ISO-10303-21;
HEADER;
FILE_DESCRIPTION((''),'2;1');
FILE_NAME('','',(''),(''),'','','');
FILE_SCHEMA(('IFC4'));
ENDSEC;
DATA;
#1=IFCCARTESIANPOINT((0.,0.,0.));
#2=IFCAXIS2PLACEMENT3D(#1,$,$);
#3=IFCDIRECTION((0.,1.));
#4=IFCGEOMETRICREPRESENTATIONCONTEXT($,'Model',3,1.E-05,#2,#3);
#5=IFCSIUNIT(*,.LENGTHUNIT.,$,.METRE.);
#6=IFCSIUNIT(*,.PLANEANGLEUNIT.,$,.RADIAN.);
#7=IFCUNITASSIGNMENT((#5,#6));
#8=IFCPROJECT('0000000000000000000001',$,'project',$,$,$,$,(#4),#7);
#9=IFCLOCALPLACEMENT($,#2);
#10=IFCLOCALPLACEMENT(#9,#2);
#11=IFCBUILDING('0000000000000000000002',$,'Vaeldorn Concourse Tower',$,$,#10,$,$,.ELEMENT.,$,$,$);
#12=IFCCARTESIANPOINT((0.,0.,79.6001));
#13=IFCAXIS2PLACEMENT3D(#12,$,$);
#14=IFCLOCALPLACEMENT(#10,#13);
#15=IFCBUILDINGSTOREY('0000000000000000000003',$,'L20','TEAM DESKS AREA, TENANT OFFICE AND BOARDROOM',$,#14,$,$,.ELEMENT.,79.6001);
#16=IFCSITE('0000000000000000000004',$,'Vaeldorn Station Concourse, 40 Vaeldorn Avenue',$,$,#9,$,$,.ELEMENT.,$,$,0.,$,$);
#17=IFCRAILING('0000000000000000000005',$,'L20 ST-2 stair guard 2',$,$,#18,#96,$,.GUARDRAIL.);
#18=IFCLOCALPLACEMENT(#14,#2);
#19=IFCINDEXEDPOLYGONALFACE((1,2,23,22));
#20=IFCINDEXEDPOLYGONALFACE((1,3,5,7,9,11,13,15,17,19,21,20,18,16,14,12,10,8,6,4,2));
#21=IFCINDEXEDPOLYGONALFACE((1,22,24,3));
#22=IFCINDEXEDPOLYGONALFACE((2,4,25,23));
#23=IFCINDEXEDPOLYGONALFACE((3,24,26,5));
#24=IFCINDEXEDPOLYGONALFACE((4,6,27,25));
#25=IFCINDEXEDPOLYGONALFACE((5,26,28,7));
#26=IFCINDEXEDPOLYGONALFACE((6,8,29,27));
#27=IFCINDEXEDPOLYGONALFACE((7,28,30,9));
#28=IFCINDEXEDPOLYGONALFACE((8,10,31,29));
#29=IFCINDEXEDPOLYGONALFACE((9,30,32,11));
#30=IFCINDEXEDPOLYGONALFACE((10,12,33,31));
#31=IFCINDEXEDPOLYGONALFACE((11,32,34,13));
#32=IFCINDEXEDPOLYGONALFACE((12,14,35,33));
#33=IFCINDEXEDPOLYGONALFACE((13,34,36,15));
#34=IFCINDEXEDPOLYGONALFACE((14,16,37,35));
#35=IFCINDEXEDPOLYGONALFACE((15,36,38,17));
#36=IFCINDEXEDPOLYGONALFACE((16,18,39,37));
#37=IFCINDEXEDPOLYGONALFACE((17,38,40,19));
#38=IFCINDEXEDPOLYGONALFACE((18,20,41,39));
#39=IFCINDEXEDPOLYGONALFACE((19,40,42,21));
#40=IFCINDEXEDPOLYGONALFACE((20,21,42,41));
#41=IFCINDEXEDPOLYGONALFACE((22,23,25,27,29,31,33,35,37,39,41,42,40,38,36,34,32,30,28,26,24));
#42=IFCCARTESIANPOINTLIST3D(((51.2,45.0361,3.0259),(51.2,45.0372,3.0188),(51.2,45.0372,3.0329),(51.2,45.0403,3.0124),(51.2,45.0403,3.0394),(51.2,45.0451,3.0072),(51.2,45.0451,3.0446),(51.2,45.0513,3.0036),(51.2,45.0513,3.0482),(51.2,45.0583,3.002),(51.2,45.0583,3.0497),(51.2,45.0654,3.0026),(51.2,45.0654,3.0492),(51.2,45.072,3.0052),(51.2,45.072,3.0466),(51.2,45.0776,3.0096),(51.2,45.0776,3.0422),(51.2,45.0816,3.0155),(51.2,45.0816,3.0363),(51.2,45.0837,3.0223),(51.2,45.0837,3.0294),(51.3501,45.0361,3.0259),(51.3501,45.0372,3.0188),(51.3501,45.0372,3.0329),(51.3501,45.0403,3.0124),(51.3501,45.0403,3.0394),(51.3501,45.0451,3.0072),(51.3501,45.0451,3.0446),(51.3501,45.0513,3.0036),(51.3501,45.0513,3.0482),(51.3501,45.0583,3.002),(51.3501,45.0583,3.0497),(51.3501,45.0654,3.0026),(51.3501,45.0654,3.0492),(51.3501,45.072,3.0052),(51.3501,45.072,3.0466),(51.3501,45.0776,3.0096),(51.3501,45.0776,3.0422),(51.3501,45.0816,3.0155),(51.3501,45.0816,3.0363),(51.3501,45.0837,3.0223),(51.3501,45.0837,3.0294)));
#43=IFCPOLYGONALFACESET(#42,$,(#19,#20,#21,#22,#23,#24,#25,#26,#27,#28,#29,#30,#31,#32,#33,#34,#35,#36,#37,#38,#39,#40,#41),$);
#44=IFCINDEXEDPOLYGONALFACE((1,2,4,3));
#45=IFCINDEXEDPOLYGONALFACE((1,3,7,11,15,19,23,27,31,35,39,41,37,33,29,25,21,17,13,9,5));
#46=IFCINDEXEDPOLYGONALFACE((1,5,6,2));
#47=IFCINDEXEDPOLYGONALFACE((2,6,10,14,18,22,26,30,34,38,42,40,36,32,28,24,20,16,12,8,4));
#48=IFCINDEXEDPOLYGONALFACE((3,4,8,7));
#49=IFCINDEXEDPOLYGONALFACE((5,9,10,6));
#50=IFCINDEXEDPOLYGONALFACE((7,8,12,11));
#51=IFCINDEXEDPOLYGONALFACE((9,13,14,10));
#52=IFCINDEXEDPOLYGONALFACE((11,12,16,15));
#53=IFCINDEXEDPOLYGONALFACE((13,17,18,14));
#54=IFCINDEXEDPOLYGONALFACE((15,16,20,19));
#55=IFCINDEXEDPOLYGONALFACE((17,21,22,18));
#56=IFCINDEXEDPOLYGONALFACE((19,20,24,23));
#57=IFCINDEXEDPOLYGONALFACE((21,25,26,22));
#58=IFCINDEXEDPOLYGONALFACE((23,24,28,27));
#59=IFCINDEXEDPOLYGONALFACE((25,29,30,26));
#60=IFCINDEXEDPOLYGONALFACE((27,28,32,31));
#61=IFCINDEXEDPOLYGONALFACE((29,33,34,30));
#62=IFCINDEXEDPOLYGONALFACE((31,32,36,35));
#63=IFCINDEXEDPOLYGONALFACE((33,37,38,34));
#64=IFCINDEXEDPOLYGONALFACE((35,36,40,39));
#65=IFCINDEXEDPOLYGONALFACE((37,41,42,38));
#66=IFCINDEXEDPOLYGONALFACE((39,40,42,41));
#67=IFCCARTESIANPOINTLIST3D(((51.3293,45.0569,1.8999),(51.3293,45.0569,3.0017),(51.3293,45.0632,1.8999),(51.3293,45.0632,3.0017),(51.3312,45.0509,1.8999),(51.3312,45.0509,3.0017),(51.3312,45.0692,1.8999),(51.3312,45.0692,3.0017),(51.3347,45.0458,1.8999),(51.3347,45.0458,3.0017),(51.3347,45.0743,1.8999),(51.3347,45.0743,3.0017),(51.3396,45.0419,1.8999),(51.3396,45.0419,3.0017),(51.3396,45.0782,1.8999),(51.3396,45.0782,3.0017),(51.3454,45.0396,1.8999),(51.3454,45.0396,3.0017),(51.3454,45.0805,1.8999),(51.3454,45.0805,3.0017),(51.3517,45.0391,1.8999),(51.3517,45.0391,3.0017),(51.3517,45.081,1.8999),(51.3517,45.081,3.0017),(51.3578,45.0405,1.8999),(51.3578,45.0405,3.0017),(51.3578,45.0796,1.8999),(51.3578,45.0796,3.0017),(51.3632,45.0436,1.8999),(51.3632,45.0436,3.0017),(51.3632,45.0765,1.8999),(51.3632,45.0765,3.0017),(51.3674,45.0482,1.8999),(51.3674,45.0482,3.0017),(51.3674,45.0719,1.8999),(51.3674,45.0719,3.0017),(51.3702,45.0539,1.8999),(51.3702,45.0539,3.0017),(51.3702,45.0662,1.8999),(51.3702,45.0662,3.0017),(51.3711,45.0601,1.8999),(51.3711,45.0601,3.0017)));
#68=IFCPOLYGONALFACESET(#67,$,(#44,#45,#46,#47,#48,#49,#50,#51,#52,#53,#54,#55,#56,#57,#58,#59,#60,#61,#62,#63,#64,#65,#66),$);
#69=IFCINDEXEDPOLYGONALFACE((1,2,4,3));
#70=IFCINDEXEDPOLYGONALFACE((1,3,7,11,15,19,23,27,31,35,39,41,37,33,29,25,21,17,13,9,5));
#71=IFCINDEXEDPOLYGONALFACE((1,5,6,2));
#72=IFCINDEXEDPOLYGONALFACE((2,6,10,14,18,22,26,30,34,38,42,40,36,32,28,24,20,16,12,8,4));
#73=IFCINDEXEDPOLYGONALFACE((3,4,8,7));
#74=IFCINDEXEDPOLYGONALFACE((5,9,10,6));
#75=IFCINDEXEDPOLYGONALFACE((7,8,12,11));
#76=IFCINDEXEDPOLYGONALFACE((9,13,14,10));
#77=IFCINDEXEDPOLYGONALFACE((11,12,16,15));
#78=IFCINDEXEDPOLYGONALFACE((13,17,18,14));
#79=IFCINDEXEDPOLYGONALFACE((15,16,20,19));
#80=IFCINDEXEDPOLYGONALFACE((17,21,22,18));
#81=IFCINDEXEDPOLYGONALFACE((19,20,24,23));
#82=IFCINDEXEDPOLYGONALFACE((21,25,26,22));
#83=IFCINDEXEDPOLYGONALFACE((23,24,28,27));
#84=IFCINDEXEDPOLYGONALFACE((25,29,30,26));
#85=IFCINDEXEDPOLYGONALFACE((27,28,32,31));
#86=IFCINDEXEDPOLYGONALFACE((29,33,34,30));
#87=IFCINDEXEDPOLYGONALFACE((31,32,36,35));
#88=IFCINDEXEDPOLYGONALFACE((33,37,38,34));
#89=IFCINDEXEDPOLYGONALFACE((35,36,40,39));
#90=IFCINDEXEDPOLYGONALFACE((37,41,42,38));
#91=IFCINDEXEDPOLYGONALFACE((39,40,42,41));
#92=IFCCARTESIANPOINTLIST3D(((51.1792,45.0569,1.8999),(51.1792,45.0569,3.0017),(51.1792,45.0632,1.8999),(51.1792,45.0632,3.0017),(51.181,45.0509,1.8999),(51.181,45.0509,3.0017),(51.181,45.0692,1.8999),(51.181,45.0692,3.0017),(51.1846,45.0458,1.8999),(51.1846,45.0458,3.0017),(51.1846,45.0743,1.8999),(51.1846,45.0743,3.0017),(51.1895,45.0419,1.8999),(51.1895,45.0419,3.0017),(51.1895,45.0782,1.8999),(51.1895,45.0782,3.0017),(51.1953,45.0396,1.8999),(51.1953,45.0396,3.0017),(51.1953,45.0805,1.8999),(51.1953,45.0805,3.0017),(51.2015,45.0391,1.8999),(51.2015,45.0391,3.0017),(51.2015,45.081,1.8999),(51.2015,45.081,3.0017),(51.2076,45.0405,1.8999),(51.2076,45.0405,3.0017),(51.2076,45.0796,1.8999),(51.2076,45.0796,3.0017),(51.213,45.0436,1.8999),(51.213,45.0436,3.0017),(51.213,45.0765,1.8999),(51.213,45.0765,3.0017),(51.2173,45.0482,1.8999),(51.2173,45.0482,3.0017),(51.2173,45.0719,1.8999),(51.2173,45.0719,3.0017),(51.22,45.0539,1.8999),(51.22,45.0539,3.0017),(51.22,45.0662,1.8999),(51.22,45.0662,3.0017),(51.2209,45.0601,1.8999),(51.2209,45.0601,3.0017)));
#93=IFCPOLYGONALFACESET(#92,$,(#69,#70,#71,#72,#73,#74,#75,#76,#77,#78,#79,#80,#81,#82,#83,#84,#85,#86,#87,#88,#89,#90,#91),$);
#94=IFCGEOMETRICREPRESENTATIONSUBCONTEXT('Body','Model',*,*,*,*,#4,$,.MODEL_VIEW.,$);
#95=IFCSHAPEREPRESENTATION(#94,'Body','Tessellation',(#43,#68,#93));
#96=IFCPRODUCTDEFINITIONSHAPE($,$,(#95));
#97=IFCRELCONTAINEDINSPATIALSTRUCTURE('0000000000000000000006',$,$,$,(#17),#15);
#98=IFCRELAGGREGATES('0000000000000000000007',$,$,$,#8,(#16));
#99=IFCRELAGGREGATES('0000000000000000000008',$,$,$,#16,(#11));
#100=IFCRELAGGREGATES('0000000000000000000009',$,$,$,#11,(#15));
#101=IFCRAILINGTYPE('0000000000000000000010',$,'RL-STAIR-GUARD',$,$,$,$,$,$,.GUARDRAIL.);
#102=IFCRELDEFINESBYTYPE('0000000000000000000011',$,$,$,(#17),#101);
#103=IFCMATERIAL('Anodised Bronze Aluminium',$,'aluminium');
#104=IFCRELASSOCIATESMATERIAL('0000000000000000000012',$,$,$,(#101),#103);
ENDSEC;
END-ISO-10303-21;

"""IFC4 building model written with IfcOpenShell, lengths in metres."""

from ifc_helpers import new_model, si_unit, direction, frame, origin, origin_2d, place, context, subcontext, project, spatial, circle, extrude, material, type_object, element, save


model = new_model("IFC4")

# Units and contexts
model_context = context("Model", 3, precision=1e-05, world=origin(), true_north=direction((0.0, 1.0)))
body_context = subcontext(model_context, "Body", "Model", "MODEL_VIEW")
ifc_project = project(units=[si_unit("LENGTHUNIT", "METRE"), si_unit("PLANEANGLEUNIT", "RADIAN")], contexts=[model_context])

# Site, building, storey
site_placement = place(None, origin())
site = spatial("IfcSite", under=ifc_project, at=site_placement, Name="Vaeldorn Station Concourse, 40 Vaeldorn Avenue", CompositionType="ELEMENT", RefElevation=0.0)
building_placement = place(site_placement, origin())
building = spatial("IfcBuilding", under=site, at=building_placement, Name="Vaeldorn Concourse Tower", CompositionType="ELEMENT")
storey_placement = place(building_placement, frame((0.0, 0.0, 79.6001)))
storey = spatial("IfcBuildingStorey", under=building, at=storey_placement, Name="L20", Description="TEAM DESKS AREA, TENANT OFFICE AND BOARDROOM", CompositionType="ELEMENT", Elevation=79.6001)

# Shared definitions
ifc_material_1 = material(Name="Anodised Bronze Aluminium", Category="aluminium")

# Railing
railing_type_1 = type_object("IfcRailingType", Name="RL-STAIR-GUARD", PredefinedType="GUARDRAIL", material=ifc_material_1)
railing_1_placement = place(storey_placement, frame((51.3501, 45.0601, 1.8999)))
element("IfcRailing", 1, at=railing_1_placement, inside=storey, type_object=railing_type_1, Name="L20 ST-2 stair guard 2", PredefinedType="GUARDRAIL", context=body_context, shape_type="SweptSolid", body=[
    extrude(circle(Radius=0.0239, at=origin_2d()), frame((0.0, 0.0, 1.126), z_axis=(-1.0, 0.0, 0.0), x_axis=(0.0, -1.0, 0.0)), (0.0, 0.0, 1.0), 0.1501),
    extrude(circle(Radius=0.021, at=origin_2d()), origin(), (0.0, 0.0, 1.0), 1.1018),
    extrude(circle(Radius=0.021, at=origin_2d()), frame((-0.1501, 0.0, 0.0)), (0.0, 0.0, 1.0), 1.1018),
])

save(model, "model.ifc")
